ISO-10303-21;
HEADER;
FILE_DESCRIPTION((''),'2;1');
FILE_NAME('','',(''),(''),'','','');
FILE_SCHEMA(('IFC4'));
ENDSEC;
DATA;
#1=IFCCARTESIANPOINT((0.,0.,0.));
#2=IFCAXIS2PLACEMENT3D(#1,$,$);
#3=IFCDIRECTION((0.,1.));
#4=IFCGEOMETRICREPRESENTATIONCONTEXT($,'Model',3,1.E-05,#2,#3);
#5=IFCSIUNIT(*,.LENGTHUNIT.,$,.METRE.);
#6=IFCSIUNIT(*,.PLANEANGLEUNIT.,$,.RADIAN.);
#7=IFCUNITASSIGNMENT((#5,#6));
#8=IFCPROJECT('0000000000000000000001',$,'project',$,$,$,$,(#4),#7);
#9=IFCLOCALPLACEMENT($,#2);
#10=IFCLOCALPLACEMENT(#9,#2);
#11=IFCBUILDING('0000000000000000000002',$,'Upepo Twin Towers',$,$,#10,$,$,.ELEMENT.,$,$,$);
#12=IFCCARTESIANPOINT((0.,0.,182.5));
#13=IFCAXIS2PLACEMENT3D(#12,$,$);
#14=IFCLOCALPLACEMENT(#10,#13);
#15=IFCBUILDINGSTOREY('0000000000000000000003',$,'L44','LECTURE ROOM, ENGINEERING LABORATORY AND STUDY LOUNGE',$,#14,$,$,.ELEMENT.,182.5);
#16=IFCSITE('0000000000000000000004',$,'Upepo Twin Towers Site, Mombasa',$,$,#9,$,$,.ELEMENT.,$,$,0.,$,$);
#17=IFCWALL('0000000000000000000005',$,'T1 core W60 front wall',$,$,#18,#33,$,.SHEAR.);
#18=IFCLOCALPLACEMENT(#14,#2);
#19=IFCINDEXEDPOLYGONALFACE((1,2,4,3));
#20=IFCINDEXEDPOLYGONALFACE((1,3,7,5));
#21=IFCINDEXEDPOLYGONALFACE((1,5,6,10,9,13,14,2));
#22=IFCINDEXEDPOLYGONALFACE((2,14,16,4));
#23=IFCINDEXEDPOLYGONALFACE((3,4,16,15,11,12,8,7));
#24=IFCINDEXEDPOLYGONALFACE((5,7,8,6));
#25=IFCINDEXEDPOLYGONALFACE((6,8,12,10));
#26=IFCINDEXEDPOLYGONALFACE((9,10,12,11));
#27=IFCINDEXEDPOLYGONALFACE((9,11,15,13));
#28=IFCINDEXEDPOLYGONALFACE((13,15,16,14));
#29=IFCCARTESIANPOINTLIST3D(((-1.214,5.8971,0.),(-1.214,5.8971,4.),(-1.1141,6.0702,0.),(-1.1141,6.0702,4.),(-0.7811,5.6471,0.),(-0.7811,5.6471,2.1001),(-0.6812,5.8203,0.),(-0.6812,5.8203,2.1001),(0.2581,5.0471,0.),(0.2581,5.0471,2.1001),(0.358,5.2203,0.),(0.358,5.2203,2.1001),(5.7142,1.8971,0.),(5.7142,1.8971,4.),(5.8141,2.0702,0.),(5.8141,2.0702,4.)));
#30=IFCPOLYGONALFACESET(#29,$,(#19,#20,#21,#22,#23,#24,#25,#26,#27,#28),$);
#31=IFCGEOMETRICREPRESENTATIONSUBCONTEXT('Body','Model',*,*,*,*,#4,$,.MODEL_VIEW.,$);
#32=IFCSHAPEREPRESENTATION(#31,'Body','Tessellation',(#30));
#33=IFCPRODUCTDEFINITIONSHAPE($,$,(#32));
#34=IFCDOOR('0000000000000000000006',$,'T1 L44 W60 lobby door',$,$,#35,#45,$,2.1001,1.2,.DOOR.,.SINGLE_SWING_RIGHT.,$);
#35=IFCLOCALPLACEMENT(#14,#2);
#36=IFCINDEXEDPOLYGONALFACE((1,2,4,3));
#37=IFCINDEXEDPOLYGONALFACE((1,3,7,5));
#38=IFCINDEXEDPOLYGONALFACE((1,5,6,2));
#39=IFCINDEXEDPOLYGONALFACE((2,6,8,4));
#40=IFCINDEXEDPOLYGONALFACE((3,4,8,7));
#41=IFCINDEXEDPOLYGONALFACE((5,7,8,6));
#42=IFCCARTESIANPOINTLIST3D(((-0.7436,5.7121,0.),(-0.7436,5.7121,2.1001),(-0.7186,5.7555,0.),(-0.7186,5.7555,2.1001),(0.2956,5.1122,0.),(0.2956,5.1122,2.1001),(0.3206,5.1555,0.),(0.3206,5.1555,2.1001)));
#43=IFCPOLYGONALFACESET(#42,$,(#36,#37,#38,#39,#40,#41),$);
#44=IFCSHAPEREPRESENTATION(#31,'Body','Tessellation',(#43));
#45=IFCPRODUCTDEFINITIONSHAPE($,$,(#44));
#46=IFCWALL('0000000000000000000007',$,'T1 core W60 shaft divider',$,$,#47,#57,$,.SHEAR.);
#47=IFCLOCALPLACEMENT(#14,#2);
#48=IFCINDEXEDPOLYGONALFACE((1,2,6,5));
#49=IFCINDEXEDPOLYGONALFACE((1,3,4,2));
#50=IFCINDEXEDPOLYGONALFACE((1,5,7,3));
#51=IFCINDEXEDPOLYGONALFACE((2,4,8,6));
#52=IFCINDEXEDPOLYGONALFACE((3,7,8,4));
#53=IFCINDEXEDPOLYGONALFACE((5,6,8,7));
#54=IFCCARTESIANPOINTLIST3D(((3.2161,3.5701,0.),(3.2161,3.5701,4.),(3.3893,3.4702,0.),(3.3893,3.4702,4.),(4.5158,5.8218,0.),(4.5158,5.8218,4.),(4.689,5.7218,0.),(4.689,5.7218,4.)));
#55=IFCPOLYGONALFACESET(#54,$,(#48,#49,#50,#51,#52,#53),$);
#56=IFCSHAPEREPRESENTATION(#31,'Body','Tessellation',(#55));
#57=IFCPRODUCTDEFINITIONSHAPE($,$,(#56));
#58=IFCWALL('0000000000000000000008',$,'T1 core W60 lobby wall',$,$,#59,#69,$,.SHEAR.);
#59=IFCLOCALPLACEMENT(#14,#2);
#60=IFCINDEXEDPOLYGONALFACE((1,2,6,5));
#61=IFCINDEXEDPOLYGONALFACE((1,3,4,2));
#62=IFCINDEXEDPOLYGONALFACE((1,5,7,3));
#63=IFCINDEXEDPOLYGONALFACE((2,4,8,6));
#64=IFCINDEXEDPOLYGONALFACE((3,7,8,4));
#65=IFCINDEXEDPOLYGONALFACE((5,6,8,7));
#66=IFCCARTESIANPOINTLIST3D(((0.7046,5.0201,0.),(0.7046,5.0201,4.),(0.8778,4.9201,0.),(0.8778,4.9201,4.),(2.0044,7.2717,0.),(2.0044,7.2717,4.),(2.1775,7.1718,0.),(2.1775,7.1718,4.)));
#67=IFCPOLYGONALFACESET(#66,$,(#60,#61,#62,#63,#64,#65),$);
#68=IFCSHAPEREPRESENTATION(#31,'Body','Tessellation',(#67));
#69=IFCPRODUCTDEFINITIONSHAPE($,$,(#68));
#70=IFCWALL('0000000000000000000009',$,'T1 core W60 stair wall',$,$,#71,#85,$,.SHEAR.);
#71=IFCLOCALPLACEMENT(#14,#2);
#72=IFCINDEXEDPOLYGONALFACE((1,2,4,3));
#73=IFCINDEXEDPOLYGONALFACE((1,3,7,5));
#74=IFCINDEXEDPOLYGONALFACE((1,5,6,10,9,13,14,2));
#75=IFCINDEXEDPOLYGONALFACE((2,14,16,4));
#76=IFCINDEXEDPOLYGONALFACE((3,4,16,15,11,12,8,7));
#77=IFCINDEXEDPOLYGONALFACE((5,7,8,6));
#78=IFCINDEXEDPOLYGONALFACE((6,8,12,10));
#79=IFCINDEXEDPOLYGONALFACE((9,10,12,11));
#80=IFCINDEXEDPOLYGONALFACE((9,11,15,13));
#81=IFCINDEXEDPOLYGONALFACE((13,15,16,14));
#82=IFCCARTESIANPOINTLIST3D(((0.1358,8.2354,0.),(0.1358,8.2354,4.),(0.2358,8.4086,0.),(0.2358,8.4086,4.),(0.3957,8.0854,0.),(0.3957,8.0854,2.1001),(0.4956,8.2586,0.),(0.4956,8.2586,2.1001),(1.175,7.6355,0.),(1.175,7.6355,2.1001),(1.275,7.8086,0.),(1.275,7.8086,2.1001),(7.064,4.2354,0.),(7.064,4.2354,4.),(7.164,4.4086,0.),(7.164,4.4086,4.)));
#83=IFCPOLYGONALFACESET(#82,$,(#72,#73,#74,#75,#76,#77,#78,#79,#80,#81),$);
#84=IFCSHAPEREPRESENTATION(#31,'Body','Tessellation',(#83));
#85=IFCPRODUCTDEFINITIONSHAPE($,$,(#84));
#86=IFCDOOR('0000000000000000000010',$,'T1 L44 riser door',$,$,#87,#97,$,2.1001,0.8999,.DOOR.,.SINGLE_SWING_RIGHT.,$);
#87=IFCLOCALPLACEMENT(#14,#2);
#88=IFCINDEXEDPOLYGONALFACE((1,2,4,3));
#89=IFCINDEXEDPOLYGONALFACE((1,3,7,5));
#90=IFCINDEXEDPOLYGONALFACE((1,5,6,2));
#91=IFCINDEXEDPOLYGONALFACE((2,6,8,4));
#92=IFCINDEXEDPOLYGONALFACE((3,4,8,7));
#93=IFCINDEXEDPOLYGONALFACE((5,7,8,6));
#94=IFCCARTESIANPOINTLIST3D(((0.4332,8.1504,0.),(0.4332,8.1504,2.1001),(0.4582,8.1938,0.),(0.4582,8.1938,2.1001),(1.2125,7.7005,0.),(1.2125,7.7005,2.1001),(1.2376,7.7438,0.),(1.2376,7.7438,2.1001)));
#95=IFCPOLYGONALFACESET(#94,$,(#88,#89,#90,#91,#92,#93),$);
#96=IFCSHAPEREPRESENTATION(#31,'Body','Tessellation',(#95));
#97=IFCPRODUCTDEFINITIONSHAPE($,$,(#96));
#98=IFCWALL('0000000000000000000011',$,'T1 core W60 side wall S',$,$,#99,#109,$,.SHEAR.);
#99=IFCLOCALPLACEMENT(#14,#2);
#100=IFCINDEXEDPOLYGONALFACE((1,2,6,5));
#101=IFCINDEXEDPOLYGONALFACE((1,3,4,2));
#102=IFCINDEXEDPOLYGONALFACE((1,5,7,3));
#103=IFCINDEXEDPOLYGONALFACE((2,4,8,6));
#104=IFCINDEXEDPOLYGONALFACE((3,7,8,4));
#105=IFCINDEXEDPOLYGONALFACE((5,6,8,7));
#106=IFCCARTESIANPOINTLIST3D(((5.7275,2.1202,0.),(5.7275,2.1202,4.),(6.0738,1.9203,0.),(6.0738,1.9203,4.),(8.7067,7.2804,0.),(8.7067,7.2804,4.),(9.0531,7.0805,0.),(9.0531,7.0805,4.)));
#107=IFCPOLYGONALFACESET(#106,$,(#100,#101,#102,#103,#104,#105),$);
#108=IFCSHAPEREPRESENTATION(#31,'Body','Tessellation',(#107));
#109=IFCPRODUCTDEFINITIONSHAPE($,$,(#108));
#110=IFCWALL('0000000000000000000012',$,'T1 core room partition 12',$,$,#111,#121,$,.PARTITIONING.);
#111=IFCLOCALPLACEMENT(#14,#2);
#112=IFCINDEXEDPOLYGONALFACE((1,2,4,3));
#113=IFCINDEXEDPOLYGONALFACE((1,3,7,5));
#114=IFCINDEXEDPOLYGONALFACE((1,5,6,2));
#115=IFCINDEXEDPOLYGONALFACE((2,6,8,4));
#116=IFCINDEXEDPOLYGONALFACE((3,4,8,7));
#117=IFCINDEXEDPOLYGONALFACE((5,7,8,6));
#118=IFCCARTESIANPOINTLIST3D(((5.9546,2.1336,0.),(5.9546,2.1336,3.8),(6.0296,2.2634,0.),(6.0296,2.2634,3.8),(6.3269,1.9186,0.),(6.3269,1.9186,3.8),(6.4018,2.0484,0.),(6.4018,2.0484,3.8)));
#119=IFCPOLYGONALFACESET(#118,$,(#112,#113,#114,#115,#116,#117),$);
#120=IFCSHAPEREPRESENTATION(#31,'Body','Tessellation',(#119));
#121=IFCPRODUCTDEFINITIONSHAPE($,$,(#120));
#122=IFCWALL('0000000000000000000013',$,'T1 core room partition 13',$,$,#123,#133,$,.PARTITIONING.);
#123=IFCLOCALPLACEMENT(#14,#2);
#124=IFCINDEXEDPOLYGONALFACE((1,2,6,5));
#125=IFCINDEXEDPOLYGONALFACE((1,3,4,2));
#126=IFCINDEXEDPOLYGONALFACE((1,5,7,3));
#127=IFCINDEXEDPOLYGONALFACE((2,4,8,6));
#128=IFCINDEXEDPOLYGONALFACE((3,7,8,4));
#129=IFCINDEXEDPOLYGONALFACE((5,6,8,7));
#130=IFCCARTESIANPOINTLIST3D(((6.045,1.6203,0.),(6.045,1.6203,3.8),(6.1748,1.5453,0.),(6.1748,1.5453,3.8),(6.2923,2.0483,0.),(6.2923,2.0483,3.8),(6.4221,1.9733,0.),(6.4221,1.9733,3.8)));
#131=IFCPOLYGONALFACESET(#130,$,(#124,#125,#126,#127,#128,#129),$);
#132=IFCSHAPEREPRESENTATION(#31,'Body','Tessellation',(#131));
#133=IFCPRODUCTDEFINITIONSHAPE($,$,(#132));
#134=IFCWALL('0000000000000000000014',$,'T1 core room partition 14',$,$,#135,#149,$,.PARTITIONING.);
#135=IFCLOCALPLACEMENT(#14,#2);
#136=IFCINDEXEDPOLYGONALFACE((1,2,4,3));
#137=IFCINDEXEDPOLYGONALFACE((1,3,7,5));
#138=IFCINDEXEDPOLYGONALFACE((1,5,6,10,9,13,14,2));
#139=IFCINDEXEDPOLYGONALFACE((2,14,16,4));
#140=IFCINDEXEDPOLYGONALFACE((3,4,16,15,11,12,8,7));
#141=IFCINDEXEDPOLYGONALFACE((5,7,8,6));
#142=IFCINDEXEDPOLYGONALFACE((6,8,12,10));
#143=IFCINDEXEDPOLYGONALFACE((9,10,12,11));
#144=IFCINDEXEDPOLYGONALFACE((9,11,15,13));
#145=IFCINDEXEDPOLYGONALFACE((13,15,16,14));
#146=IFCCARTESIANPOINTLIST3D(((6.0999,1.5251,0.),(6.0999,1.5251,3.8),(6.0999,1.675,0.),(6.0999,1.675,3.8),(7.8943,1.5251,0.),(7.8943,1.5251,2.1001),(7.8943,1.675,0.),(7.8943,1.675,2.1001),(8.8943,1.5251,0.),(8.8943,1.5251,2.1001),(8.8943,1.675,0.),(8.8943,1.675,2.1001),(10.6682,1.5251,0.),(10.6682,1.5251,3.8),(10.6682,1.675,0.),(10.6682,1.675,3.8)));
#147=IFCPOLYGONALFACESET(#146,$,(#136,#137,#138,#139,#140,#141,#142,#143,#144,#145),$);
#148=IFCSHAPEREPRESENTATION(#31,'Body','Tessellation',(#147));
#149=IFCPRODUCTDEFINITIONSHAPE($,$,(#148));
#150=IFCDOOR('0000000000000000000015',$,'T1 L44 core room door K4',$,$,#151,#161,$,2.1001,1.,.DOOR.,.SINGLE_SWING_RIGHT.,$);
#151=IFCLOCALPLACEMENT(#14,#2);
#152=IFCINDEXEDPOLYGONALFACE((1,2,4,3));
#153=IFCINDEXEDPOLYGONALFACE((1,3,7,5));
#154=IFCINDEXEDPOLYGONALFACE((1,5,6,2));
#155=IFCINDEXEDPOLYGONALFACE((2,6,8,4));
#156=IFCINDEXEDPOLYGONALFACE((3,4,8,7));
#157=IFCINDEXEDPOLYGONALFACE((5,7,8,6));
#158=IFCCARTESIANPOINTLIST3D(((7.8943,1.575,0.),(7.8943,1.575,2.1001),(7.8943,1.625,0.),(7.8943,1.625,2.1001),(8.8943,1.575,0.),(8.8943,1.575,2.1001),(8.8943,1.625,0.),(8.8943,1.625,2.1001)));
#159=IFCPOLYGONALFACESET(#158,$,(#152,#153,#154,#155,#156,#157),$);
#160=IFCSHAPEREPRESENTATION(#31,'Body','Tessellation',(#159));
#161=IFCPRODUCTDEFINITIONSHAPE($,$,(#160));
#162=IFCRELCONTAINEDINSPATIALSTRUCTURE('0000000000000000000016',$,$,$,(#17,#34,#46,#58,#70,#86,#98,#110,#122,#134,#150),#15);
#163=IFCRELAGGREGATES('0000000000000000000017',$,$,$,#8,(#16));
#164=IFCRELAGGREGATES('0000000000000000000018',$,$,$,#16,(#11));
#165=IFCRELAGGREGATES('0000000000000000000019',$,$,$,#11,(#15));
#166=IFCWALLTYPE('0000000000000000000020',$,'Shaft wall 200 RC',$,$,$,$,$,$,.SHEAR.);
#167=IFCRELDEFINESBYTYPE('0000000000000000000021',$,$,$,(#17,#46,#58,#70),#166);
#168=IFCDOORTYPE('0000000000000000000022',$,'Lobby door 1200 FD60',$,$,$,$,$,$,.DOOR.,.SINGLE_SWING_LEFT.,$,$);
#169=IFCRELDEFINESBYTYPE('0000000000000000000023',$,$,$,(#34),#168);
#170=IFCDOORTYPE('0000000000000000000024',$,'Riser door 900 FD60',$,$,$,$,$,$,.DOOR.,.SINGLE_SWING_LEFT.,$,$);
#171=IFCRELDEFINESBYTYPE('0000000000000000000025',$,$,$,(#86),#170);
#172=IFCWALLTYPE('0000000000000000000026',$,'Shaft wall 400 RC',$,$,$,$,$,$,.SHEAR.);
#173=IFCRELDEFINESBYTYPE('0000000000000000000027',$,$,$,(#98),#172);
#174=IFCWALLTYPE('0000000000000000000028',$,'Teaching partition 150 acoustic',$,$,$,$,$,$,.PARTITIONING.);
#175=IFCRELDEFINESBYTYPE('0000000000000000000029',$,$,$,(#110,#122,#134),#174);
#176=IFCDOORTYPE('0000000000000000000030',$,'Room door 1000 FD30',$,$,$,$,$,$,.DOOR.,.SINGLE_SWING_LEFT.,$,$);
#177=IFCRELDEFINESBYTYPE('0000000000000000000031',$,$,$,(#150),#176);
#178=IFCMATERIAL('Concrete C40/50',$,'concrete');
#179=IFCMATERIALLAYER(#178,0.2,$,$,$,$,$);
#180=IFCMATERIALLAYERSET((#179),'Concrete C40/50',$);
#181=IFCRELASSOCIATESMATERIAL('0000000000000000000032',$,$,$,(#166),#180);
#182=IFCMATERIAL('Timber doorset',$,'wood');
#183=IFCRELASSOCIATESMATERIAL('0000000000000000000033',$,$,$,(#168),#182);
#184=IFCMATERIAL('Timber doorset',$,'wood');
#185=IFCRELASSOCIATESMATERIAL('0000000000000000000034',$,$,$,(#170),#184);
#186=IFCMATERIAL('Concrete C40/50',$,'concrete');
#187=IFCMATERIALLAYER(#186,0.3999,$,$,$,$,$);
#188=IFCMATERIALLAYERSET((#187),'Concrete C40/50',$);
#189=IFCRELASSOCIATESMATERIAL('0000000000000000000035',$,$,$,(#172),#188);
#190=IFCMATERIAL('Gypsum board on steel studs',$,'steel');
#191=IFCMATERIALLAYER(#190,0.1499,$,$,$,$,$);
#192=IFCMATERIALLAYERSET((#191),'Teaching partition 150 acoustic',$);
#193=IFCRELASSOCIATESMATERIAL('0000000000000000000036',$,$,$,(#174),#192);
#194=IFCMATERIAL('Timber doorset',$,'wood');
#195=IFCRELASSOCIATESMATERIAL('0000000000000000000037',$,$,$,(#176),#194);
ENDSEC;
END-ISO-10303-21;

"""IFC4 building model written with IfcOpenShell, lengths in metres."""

from ifc_helpers import new_model, si_unit, direction, frame, frame_2d, origin, place, context, subcontext, project, spatial, rectangle, extrude, material, layer, layer_set, type_object, element, fill, save


model = new_model("IFC4")

# Units and contexts
model_context = context("Model", 3, precision=1e-05, world=origin(), true_north=direction((0.0, 1.0)))
body_context = subcontext(model_context, "Body", "Model", "MODEL_VIEW")
ifc_project = project(units=[si_unit("LENGTHUNIT", "METRE"), si_unit("PLANEANGLEUNIT", "RADIAN")], contexts=[model_context])

# Site, building, storey
site_placement = place(None, origin())
site = spatial("IfcSite", under=ifc_project, at=site_placement, Name="Upepo Twin Towers Site, Mombasa", CompositionType="ELEMENT", RefElevation=0.0)
building_placement = place(site_placement, origin())
building = spatial("IfcBuilding", under=site, at=building_placement, Name="Upepo Twin Towers", CompositionType="ELEMENT")
storey_placement = place(building_placement, frame((0.0, 0.0, 182.5)))
storey = spatial("IfcBuildingStorey", under=building, at=storey_placement, Name="L44", Description="LECTURE ROOM, ENGINEERING LABORATORY AND STUDY LOUNGE", CompositionType="ELEMENT", Elevation=182.5)

# Wall, opening, door
ifc_material_1 = material(Name="Concrete C40/50", Category="concrete")
ifc_layer_1 = layer(ifc_material_1, 0.2)
ifc_layer_set_1 = layer_set([ifc_layer_1], Name="Concrete C40/50")
wall_type_1 = type_object("IfcWallType", Name="Shaft wall 200 RC", PredefinedType="SHEAR", material=ifc_layer_set_1)
wall_1_placement = place(storey_placement, frame((5.7642, 1.9836, 0.0), z_axis=(0.0, 0.0, 1.0), x_axis=(-0.866026, 0.499999, 0.0)))
wall_1 = element("IfcWall", 1, at=wall_1_placement, inside=storey, type_object=wall_type_1, Name="T1 core W60 front wall", PredefinedType="SHEAR", context=body_context, shape_type="SweptSolid", body=[
    extrude(rectangle(XDim=8.0, YDim=0.2, at=frame_2d((4.0, 0.0))), origin(), (0.0, 0.0, 1.0), 4.0),
])
opening_1_placement = place(wall_1_placement, frame((6.3, 0.0, 0.0)))
opening_1 = element("IfcOpeningElement", 2, at=opening_1_placement, cuts=wall_1, PredefinedType="OPENING", context=body_context, shape_type="SweptSolid", body=[
    extrude(rectangle(XDim=1.2, YDim=2.1001, at=frame_2d((0.6001, 1.05))), frame((0.0, 0.1099, 0.0), z_axis=(0.0, -1.0, 0.0), x_axis=(1.0, 0.0, 0.0)), (0.0, 0.0, 1.0), 0.22),
])
ifc_material_2 = material(Name="Timber doorset", Category="wood")
door_type_1 = type_object("IfcDoorType", Name="Lobby door 1200 FD60", OperationType="SINGLE_SWING_LEFT", PredefinedType="DOOR", material=ifc_material_2)
door_1_placement = place(opening_1_placement, origin())
door_1 = element("IfcDoor", 3, at=door_1_placement, inside=storey, type_object=door_type_1, Name="T1 L44 W60 lobby door", OperationType="SINGLE_SWING_RIGHT", OverallHeight=2.1001, OverallWidth=1.2, PredefinedType="DOOR", context=body_context, shape_type="SweptSolid", body=[
    extrude(rectangle(XDim=1.2, YDim=2.1001, at=frame_2d((0.6001, 1.05))), frame((0.0, 0.0249, 0.0), z_axis=(0.0, -1.0, 0.0), x_axis=(1.0, 0.0, 0.0)), (0.0, 0.0, 1.0), 0.05),
])
fill(opening_1, door_1)

# Walls
for number, where, z_axis, x_axis, name in (
    (4, (3.3027, 3.5203, 0.0), (0.0, 0.0, 1.0), (0.499937, 0.866062, 0.0), "T1 core W60 shaft divider"),
    (5, (0.7913, 4.9702, 0.0), (0.0, 0.0, 1.0), (0.499937, 0.866062, 0.0), "T1 core W60 lobby wall"),
):
    element("IfcWall", number, at=place(storey_placement, frame(where, z_axis=z_axis, x_axis=x_axis)), inside=storey, type_object=wall_type_1, Name=name, PredefinedType="SHEAR", context=body_context, shape_type="SweptSolid", body=[
        extrude(rectangle(XDim=2.5999, YDim=0.2, at=frame_2d((1.2998, 0.0))), origin(), (0.0, 0.0, 1.0), 4.0),
    ])

# Wall, opening, door
wall_2_placement = place(storey_placement, frame((7.114, 4.322, 0.0), z_axis=(0.0, 0.0, 1.0), x_axis=(-0.866026, 0.499999, 0.0)))
wall_2 = element("IfcWall", 6, at=wall_2_placement, inside=storey, type_object=wall_type_1, Name="T1 core W60 stair wall", PredefinedType="SHEAR", context=body_context, shape_type="SweptSolid", body=[
    extrude(rectangle(XDim=8.0, YDim=0.2, at=frame_2d((4.0, 0.0))), origin(), (0.0, 0.0, 1.0), 4.0),
])
opening_2_placement = place(wall_2_placement, frame((6.8, 0.0, 0.0)))
opening_2 = element("IfcOpeningElement", 7, at=opening_2_placement, cuts=wall_2, PredefinedType="OPENING", context=body_context, shape_type="SweptSolid", body=[
    extrude(rectangle(XDim=0.8999, YDim=2.1001, at=frame_2d((0.45, 1.05))), frame((0.0, 0.1099, 0.0), z_axis=(0.0, -1.0, 0.0), x_axis=(1.0, 0.0, 0.0)), (0.0, 0.0, 1.0), 0.22),
])
ifc_material_3 = material(Name="Timber doorset", Category="wood")
door_type_2 = type_object("IfcDoorType", Name="Riser door 900 FD60", OperationType="SINGLE_SWING_LEFT", PredefinedType="DOOR", material=ifc_material_3)
door_2_placement = place(opening_2_placement, origin())
door_2 = element("IfcDoor", 8, at=door_2_placement, inside=storey, type_object=door_type_2, Name="T1 L44 riser door", OperationType="SINGLE_SWING_RIGHT", OverallHeight=2.1001, OverallWidth=0.8999, PredefinedType="DOOR", context=body_context, shape_type="SweptSolid", body=[
    extrude(rectangle(XDim=0.8999, YDim=2.1001, at=frame_2d((0.45, 1.05))), frame((0.0, 0.0249, 0.0), z_axis=(0.0, -1.0, 0.0), x_axis=(1.0, 0.0, 0.0)), (0.0, 0.0, 1.0), 0.05),
])
fill(opening_2, door_2)

# Walls
ifc_material_4 = material(Name="Concrete C40/50", Category="concrete")
ifc_layer_2 = layer(ifc_material_4, 0.3999)
ifc_layer_set_2 = layer_set([ifc_layer_2], Name="Concrete C40/50")
wall_type_2 = type_object("IfcWallType", Name="Shaft wall 400 RC", PredefinedType="SHEAR", material=ifc_layer_set_2)
wall_3_placement = place(storey_placement, frame((5.9006, 2.0203, 0.0), z_axis=(0.0, 0.0, 1.0), x_axis=(0.500004, 0.866023, 0.0)))
element("IfcWall", 9, at=wall_3_placement, inside=storey, type_object=wall_type_2, Name="T1 core W60 side wall S", PredefinedType="SHEAR", context=body_context, shape_type="SweptSolid", body=[
    extrude(rectangle(XDim=5.9585, YDim=0.3999, at=frame_2d((2.9792, 0.0))), origin(), (0.0, 0.0, 1.0), 4.0),
])
ifc_material_5 = material(Name="Gypsum board on steel studs", Category="steel")
ifc_layer_3 = layer(ifc_material_5, 0.1499)
ifc_layer_set_3 = layer_set([ifc_layer_3], Name="Teaching partition 150 acoustic")
wall_type_3 = type_object("IfcWallType", Name="Teaching partition 150 acoustic", PredefinedType="PARTITIONING", material=ifc_layer_set_3)
wall_4_placement = place(storey_placement, frame((5.9922, 2.1985, 0.0), z_axis=(0.0, 0.0, 1.0), x_axis=(0.865892, -0.50023, 0.0)))
element("IfcWall", 10, at=wall_4_placement, inside=storey, type_object=wall_type_3, Name="T1 core room partition 12", PredefinedType="PARTITIONING", context=body_context, shape_type="SweptSolid", body=[
    extrude(rectangle(XDim=0.4299, YDim=0.1499, at=frame_2d((0.2148, 0.0))), origin(), (0.0, 0.0, 1.0), 3.8),
])
wall_5_placement = place(storey_placement, frame((6.3572, 2.0107, 0.0), z_axis=(0.0, 0.0, 1.0), x_axis=(-0.500335, -0.865832, 0.0)))
element("IfcWall", 11, at=wall_5_placement, inside=storey, type_object=wall_type_3, Name="T1 core room partition 13", PredefinedType="PARTITIONING", context=body_context, shape_type="SweptSolid", body=[
    extrude(rectangle(XDim=0.4944, YDim=0.1499, at=frame_2d((0.2471, 0.0))), origin(), (0.0, 0.0, 1.0), 3.8),
])

# Wall, opening, door
wall_6_placement = place(storey_placement, frame((6.0999, 1.6001, 0.0), z_axis=(0.0, 0.0, 1.0), x_axis=(1.0, 0.0, 0.0)))
wall_6 = element("IfcWall", 12, at=wall_6_placement, inside=storey, type_object=wall_type_3, Name="T1 core room partition 14", PredefinedType="PARTITIONING", context=body_context, shape_type="SweptSolid", body=[
    extrude(rectangle(XDim=4.5684, YDim=0.1499, at=frame_2d((2.2842, 0.0))), origin(), (0.0, 0.0, 1.0), 3.8),
])
opening_3_placement = place(wall_6_placement, frame((1.7944, 0.0, 0.0)))
opening_3 = element("IfcOpeningElement", 13, at=opening_3_placement, cuts=wall_6, PredefinedType="OPENING", context=body_context, shape_type="SweptSolid", body=[
    extrude(rectangle(XDim=1.0, YDim=2.1001, at=frame_2d((0.5, 1.05))), frame((0.0, 0.085, 0.0), z_axis=(0.0, -1.0, 0.0), x_axis=(1.0, 0.0, 0.0)), (0.0, 0.0, 1.0), 0.1699),
])
ifc_material_6 = material(Name="Timber doorset", Category="wood")
door_type_3 = type_object("IfcDoorType", Name="Room door 1000 FD30", OperationType="SINGLE_SWING_LEFT", PredefinedType="DOOR", material=ifc_material_6)
door_3_placement = place(opening_3_placement, origin())
door_3 = element("IfcDoor", 14, at=door_3_placement, inside=storey, type_object=door_type_3, Name="T1 L44 core room door K4", OperationType="SINGLE_SWING_RIGHT", OverallHeight=2.1001, OverallWidth=1.0, PredefinedType="DOOR", context=body_context, shape_type="SweptSolid", body=[
    extrude(rectangle(XDim=1.0, YDim=2.1001, at=frame_2d((0.5, 1.05))), frame((0.0, 0.0249, 0.0), z_axis=(0.0, -1.0, 0.0), x_axis=(1.0, 0.0, 0.0)), (0.0, 0.0, 1.0), 0.05),
])
fill(opening_3, door_3)

save(model, "model.ifc")
